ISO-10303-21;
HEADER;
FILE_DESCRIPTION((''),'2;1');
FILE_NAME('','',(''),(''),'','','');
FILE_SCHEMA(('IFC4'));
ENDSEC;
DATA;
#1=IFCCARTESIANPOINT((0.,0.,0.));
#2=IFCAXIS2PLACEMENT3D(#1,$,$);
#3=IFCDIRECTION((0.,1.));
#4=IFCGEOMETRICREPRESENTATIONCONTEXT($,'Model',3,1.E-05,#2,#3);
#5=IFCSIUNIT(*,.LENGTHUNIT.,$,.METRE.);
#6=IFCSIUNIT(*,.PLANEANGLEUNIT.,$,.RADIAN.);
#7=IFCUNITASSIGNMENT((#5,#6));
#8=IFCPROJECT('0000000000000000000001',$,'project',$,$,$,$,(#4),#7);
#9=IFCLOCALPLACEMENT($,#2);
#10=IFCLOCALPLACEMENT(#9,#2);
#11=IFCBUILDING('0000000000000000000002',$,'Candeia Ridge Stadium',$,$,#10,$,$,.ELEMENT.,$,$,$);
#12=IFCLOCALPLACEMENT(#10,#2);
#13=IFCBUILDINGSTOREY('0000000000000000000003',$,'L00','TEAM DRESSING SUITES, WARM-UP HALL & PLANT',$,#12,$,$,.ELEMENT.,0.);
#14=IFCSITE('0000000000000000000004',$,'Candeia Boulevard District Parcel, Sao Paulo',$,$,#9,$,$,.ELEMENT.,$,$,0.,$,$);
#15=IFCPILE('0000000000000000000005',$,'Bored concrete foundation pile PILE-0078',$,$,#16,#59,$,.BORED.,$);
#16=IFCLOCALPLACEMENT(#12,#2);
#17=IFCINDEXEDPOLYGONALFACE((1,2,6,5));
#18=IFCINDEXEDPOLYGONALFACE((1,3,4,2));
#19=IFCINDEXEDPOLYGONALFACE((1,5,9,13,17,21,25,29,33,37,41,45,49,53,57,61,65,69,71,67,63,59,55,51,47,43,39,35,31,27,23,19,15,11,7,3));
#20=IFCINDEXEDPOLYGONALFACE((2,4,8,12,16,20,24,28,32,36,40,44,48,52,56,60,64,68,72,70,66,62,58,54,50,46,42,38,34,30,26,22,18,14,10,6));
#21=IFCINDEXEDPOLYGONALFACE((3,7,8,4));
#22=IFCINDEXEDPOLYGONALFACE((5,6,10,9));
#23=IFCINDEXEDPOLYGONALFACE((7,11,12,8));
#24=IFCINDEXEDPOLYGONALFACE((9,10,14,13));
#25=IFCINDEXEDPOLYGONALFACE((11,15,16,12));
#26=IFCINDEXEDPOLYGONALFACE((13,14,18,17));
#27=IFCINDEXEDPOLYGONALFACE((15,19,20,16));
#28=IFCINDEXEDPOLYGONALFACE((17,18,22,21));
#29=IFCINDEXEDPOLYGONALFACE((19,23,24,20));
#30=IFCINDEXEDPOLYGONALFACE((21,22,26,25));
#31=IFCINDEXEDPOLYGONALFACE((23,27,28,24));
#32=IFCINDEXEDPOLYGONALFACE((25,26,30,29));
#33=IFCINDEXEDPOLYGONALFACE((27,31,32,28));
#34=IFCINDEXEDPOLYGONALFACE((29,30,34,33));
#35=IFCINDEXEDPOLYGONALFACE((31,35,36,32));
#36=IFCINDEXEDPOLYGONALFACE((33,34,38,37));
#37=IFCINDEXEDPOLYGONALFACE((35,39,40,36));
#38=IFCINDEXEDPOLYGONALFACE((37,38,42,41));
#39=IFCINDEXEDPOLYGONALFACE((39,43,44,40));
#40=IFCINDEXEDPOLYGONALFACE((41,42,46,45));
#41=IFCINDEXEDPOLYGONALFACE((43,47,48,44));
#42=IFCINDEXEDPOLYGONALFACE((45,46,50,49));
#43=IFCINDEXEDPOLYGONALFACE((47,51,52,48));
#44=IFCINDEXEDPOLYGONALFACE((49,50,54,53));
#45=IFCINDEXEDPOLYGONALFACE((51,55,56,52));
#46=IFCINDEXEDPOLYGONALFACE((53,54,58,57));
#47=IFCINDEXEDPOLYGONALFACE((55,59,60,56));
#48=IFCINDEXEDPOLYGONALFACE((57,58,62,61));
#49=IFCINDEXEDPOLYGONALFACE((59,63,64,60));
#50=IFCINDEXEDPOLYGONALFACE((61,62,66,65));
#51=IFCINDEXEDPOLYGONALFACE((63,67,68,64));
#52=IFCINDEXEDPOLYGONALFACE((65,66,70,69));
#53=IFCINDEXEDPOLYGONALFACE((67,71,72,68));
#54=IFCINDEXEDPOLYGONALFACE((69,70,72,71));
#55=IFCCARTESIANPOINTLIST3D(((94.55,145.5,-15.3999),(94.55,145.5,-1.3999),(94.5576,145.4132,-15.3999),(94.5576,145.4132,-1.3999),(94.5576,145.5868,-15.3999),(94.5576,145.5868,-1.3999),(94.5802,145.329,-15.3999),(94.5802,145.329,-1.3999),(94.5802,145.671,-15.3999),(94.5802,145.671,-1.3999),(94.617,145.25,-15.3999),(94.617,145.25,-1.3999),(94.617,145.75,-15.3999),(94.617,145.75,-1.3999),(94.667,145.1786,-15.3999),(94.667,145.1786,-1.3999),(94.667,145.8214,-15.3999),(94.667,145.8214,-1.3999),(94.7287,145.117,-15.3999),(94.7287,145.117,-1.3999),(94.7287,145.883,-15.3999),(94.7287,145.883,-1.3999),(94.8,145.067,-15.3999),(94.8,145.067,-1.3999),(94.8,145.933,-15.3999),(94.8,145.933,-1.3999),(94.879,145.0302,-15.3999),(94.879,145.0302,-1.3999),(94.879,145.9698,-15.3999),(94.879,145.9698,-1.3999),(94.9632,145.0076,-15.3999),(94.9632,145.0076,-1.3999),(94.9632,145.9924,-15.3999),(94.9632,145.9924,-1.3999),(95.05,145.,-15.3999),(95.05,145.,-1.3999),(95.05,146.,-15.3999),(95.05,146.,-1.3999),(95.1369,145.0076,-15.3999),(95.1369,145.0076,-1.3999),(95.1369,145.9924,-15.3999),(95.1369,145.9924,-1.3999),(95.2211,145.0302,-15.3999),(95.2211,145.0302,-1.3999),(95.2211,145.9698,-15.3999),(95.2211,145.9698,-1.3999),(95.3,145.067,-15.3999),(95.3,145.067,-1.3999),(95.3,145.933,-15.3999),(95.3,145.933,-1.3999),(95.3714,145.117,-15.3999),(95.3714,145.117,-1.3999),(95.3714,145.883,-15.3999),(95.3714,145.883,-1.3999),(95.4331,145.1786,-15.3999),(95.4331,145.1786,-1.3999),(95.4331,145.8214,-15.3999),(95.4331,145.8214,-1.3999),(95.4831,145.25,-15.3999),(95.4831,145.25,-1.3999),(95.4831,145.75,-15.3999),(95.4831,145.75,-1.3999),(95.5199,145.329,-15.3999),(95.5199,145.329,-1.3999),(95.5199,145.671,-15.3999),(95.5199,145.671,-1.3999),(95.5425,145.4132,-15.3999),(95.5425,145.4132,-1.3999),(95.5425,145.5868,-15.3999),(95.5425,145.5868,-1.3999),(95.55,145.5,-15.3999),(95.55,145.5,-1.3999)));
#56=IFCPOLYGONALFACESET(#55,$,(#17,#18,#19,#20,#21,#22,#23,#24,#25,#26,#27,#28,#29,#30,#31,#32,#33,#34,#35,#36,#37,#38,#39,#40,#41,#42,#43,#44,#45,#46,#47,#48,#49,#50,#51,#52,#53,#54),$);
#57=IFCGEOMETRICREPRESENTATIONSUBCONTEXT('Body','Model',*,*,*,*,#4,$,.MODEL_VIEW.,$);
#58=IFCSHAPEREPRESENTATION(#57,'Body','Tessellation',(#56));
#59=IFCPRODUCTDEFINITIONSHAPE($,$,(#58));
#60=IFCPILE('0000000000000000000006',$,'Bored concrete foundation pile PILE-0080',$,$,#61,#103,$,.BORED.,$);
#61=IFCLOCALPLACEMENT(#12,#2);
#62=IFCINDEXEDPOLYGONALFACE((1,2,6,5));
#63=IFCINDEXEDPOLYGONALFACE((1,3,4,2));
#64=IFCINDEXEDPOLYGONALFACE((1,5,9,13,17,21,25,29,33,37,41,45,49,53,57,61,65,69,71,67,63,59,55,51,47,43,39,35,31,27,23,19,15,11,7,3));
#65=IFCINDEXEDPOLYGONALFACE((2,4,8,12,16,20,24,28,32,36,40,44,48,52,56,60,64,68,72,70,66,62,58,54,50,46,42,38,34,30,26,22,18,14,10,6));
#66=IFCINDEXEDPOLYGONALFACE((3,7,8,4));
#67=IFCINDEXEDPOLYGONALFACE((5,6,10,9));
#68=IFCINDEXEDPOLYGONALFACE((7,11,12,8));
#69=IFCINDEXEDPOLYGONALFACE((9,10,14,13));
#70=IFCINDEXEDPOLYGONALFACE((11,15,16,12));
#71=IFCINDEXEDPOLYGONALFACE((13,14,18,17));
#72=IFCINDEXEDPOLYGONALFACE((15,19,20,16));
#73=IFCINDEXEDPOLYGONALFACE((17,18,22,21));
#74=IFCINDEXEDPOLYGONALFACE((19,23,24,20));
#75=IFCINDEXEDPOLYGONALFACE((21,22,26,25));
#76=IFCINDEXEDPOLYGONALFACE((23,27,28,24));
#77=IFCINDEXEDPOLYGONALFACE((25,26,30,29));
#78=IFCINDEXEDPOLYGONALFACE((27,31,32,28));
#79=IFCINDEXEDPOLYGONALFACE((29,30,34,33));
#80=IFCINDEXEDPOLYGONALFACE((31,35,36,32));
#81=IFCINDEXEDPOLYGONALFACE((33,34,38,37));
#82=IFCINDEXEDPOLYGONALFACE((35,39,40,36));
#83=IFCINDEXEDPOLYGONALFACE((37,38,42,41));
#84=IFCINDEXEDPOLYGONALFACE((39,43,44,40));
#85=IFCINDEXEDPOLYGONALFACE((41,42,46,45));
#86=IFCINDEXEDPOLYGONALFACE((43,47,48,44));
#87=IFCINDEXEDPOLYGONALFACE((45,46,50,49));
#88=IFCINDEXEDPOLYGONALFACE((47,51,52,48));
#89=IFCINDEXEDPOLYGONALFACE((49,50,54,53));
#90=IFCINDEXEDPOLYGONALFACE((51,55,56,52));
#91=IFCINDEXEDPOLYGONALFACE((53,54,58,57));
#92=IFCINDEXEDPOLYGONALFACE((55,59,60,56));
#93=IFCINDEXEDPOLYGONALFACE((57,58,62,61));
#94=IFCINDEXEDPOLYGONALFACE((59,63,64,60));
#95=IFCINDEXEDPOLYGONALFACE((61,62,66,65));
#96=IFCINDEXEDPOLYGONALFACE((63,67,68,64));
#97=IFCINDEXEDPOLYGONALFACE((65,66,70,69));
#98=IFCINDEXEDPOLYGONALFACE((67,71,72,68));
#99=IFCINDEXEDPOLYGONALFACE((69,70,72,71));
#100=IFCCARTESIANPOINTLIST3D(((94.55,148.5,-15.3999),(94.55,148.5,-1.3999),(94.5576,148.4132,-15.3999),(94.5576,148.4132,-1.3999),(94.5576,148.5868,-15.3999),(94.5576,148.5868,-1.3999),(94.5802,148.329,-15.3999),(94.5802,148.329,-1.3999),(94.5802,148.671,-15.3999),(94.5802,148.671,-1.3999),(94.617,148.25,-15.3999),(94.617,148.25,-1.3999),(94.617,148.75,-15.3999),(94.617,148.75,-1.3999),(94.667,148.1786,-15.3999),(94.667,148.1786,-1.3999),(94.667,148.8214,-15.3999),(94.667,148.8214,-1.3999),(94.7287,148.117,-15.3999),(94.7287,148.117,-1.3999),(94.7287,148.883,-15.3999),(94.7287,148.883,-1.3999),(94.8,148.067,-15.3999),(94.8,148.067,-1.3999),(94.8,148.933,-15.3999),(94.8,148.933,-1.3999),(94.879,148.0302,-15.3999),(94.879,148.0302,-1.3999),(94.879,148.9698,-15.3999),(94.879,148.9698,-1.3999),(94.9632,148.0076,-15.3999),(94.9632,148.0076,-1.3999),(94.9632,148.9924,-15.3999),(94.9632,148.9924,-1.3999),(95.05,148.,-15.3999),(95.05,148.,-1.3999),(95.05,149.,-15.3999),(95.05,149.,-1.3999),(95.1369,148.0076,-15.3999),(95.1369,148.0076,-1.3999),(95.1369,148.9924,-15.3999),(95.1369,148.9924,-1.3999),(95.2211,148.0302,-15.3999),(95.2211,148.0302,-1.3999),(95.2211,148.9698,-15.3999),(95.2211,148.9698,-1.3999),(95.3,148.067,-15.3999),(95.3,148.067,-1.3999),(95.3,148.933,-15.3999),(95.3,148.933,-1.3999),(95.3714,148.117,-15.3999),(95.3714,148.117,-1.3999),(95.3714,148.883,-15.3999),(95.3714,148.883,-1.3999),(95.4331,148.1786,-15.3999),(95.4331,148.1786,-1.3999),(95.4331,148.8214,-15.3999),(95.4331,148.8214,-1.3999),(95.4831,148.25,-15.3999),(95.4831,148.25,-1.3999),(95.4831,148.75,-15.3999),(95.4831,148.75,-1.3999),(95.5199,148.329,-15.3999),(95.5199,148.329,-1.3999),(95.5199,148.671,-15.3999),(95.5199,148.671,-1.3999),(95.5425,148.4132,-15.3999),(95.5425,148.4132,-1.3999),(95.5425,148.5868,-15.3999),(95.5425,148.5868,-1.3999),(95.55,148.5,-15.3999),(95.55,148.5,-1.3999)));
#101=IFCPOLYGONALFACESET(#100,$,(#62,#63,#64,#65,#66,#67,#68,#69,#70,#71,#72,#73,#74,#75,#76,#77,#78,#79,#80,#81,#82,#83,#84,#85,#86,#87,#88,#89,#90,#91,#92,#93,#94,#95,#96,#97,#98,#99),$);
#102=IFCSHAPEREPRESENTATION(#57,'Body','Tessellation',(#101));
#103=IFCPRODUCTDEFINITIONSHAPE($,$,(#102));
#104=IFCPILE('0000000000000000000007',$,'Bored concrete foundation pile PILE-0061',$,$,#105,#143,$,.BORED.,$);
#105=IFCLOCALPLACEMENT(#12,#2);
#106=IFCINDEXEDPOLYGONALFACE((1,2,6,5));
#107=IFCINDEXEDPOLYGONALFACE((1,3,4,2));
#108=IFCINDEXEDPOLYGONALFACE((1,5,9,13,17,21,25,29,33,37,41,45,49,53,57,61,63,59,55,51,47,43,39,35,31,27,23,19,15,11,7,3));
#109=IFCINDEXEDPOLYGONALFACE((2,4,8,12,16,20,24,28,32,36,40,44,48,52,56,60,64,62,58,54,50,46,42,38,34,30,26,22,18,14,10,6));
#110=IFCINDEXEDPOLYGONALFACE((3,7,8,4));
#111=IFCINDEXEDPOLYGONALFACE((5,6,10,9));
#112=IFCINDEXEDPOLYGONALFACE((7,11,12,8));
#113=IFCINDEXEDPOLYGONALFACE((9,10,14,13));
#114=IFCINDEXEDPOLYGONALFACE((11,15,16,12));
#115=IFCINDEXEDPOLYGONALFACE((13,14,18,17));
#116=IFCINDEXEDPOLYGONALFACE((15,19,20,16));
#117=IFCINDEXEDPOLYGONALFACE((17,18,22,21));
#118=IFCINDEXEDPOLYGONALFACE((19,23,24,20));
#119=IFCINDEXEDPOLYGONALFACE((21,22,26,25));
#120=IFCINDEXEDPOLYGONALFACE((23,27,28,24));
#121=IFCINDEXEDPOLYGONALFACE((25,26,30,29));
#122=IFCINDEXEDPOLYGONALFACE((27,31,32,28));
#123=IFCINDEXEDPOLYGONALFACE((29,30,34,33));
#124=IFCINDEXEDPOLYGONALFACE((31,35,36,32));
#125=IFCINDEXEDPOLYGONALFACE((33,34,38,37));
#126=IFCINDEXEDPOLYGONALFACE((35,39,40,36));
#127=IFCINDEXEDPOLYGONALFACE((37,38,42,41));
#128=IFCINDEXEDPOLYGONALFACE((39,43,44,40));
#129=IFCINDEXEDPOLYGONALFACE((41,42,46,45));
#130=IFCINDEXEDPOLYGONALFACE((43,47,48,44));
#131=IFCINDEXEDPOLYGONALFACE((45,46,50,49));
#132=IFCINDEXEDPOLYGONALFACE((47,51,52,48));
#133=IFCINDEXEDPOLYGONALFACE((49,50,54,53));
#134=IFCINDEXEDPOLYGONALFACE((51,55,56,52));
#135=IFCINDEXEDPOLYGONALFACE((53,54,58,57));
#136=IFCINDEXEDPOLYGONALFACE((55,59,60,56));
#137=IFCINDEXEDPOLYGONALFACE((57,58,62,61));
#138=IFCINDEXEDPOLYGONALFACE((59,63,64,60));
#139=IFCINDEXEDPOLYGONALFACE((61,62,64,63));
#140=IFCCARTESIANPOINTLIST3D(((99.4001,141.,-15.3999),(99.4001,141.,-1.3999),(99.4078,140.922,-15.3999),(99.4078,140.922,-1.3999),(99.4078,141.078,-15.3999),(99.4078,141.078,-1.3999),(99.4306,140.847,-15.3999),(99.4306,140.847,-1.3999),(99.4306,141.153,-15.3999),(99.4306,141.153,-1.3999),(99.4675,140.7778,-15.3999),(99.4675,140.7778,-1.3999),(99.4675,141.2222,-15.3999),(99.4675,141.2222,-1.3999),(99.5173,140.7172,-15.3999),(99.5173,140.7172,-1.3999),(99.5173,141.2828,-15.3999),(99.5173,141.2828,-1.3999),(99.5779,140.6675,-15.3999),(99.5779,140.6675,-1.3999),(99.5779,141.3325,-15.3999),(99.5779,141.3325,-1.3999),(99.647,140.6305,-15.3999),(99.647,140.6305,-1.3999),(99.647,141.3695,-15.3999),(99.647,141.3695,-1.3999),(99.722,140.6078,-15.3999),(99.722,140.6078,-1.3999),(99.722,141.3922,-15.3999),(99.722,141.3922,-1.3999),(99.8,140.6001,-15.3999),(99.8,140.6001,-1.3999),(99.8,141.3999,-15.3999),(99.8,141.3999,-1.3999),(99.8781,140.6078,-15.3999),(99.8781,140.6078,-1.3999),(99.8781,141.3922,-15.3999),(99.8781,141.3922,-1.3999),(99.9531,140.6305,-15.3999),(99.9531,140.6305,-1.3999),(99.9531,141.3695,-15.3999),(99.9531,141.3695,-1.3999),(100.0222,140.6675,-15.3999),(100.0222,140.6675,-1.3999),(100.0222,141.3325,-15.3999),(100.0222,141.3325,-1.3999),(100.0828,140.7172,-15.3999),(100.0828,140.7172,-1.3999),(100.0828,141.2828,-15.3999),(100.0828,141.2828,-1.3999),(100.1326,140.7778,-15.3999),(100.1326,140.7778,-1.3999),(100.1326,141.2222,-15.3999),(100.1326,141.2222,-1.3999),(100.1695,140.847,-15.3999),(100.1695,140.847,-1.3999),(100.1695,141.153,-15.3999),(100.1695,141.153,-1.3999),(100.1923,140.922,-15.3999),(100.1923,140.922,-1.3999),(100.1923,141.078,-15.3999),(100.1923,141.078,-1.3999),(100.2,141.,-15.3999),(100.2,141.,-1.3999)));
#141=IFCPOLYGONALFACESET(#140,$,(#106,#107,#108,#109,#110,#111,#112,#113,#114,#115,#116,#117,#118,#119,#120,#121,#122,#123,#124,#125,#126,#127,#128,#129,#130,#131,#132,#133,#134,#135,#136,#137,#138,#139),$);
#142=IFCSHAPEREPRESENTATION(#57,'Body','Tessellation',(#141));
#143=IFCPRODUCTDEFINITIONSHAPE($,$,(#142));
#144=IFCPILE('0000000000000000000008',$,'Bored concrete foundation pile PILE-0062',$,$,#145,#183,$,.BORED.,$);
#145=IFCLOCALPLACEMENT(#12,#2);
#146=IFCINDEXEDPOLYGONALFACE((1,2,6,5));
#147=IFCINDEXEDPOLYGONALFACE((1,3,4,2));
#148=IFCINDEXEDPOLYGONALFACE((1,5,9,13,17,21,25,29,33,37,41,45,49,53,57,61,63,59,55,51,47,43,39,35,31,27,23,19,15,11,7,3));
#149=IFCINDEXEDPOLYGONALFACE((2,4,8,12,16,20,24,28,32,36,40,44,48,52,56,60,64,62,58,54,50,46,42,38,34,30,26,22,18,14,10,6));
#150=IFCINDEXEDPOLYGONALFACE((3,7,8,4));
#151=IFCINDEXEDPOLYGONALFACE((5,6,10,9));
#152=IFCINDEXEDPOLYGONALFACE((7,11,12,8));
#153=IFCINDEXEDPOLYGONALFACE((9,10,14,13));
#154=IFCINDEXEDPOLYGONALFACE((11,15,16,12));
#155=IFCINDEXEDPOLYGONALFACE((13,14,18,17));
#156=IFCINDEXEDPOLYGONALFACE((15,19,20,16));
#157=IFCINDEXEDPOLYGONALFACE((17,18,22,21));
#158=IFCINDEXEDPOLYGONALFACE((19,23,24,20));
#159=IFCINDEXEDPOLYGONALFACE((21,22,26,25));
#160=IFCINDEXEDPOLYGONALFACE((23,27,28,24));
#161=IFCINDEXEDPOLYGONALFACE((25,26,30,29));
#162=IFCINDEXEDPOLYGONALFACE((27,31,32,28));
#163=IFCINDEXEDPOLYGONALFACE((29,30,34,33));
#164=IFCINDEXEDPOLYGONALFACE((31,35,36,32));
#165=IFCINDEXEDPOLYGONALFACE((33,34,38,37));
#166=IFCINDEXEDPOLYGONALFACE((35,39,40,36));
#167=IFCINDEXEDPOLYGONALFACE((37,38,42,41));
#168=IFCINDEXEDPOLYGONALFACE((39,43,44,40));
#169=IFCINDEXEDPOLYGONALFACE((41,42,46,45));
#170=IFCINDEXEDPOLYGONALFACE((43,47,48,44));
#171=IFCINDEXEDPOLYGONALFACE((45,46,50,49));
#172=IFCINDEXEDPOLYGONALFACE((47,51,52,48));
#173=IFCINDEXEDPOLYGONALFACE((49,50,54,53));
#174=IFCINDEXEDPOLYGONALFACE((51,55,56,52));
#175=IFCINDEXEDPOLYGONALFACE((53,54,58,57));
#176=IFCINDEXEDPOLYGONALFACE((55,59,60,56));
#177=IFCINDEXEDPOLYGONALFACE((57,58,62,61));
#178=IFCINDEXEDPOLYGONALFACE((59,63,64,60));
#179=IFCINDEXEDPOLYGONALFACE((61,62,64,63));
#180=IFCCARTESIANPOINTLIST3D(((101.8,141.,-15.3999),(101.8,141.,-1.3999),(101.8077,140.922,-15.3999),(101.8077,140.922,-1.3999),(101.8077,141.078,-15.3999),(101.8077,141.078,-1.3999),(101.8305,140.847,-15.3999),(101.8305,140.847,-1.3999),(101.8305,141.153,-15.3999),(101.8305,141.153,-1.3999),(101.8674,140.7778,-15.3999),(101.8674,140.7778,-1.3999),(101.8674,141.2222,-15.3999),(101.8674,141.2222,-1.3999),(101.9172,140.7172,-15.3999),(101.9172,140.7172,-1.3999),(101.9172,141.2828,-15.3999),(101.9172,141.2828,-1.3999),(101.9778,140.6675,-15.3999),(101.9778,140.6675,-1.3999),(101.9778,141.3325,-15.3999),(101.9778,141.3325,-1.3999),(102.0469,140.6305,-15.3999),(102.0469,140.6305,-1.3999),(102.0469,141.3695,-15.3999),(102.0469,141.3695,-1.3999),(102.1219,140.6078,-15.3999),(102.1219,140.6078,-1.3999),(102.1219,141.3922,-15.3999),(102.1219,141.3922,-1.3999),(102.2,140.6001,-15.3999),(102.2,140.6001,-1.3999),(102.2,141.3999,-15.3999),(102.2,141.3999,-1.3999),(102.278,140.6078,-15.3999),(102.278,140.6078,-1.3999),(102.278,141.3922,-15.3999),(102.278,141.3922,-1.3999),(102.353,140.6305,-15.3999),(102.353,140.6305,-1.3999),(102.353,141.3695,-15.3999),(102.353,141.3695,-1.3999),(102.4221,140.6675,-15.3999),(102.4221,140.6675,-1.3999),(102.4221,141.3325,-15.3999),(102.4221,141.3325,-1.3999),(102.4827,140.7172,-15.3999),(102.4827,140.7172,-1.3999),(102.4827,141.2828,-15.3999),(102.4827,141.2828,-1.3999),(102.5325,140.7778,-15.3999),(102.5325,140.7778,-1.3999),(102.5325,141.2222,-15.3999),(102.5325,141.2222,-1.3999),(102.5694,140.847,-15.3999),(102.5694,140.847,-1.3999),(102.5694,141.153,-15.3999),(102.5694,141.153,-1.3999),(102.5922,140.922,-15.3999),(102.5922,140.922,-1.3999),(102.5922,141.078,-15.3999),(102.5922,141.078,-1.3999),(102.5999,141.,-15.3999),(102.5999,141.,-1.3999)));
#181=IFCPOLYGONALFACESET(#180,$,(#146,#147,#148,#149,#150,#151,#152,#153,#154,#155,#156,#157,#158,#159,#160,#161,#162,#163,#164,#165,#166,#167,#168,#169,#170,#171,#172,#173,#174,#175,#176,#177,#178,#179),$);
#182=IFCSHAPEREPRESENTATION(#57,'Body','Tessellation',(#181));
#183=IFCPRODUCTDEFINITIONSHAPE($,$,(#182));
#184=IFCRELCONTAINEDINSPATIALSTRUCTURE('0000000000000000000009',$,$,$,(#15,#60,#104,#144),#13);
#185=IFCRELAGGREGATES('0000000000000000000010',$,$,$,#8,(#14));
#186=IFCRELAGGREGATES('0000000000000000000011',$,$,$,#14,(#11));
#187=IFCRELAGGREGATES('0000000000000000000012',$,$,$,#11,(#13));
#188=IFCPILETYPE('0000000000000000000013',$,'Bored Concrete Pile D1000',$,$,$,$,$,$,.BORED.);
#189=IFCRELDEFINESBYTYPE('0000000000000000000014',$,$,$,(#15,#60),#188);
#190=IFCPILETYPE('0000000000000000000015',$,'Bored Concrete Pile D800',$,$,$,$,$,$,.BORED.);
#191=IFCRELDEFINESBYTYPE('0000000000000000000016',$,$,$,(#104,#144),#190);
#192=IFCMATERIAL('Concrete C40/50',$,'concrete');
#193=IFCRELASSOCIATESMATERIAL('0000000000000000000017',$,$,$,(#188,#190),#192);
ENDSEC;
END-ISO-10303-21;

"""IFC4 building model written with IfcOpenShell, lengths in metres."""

from ifc_helpers import new_model, si_unit, direction, frame, origin, origin_2d, place, context, subcontext, project, spatial, circle, extrude, material, material_profile, profile_set, type_object, element, save


model = new_model("IFC4")

# Units and contexts
model_context = context("Model", 3, precision=1e-05, world=origin(), true_north=direction((0.0, 1.0)))
body_context = subcontext(model_context, "Body", "Model", "MODEL_VIEW")
ifc_project = project(units=[si_unit("LENGTHUNIT", "METRE"), si_unit("PLANEANGLEUNIT", "RADIAN")], contexts=[model_context])

# Site, building, storey
site_placement = place(None, origin())
site = spatial("IfcSite", under=ifc_project, at=site_placement, Name="Candeia Boulevard District Parcel, Sao Paulo", CompositionType="ELEMENT", RefElevation=0.0)
building_placement = place(site_placement, origin())
building = spatial("IfcBuilding", under=site, at=building_placement, Name="Candeia Ridge Stadium", CompositionType="ELEMENT")
storey_placement = place(building_placement, origin())
storey = spatial("IfcBuildingStorey", under=building, at=storey_placement, Name="L00", Description="TEAM DRESSING SUITES, WARM-UP HALL & PLANT", CompositionType="ELEMENT", Elevation=0.0)

# Piles
ifc_material_1 = material(Name="Concrete C40/50", Category="concrete")
ifc_material_profile_1 = material_profile(ifc_material_1, circle(Radius=0.5, at=origin_2d()), Name="PILE-D1000", Category="concrete")
ifc_profile_set_1 = profile_set([ifc_material_profile_1], Name="Concrete C40/50")
pile_type_1 = type_object("IfcPileType", Name="Bored Concrete Pile D1000", PredefinedType="BORED", material=ifc_profile_set_1)
for number, where, z_axis, x_axis, name in (
    (1, (95.05, 145.5, -1.3999), (0.0, 0.0, -1.0), (1.0, 0.0, 0.0), "Bored concrete foundation pile PILE-0078"),
    (2, (95.05, 148.5, -1.3999), (0.0, 0.0, -1.0), (1.0, 0.0, 0.0), "Bored concrete foundation pile PILE-0080"),
):
    element("IfcPile", number, at=place(storey_placement, frame(where, z_axis=z_axis, x_axis=x_axis)), inside=storey, type_object=pile_type_1, Name=name, PredefinedType="BORED", context=body_context, shape_type="SweptSolid", body=[
        extrude(circle(Radius=0.5, at=origin_2d()), origin(), (0.0, 0.0, 1.0), 14.0),
    ])
ifc_material_profile_2 = material_profile(ifc_material_1, circle(Radius=0.3999, at=origin_2d()), Name="PILE-D800", Category="concrete")
ifc_profile_set_2 = profile_set([ifc_material_profile_2], Name="Concrete C40/50")
pile_type_2 = type_object("IfcPileType", Name="Bored Concrete Pile D800", PredefinedType="BORED", material=ifc_profile_set_2)
for number, where, z_axis, x_axis, name in (
    (3, (99.8, 141.0, -1.3999), (0.0, 0.0, -1.0), (1.0, 0.0, 0.0), "Bored concrete foundation pile PILE-0061"),
    (4, (102.2, 141.0, -1.3999), (0.0, 0.0, -1.0), (1.0, 0.0, 0.0), "Bored concrete foundation pile PILE-0062"),
):
    element("IfcPile", number, at=place(storey_placement, frame(where, z_axis=z_axis, x_axis=x_axis)), inside=storey, type_object=pile_type_2, Name=name, PredefinedType="BORED", context=body_context, shape_type="SweptSolid", body=[
        extrude(circle(Radius=0.3999, at=origin_2d()), origin(), (0.0, 0.0, 1.0), 14.0),
    ])

save(model, "model.ifc")
